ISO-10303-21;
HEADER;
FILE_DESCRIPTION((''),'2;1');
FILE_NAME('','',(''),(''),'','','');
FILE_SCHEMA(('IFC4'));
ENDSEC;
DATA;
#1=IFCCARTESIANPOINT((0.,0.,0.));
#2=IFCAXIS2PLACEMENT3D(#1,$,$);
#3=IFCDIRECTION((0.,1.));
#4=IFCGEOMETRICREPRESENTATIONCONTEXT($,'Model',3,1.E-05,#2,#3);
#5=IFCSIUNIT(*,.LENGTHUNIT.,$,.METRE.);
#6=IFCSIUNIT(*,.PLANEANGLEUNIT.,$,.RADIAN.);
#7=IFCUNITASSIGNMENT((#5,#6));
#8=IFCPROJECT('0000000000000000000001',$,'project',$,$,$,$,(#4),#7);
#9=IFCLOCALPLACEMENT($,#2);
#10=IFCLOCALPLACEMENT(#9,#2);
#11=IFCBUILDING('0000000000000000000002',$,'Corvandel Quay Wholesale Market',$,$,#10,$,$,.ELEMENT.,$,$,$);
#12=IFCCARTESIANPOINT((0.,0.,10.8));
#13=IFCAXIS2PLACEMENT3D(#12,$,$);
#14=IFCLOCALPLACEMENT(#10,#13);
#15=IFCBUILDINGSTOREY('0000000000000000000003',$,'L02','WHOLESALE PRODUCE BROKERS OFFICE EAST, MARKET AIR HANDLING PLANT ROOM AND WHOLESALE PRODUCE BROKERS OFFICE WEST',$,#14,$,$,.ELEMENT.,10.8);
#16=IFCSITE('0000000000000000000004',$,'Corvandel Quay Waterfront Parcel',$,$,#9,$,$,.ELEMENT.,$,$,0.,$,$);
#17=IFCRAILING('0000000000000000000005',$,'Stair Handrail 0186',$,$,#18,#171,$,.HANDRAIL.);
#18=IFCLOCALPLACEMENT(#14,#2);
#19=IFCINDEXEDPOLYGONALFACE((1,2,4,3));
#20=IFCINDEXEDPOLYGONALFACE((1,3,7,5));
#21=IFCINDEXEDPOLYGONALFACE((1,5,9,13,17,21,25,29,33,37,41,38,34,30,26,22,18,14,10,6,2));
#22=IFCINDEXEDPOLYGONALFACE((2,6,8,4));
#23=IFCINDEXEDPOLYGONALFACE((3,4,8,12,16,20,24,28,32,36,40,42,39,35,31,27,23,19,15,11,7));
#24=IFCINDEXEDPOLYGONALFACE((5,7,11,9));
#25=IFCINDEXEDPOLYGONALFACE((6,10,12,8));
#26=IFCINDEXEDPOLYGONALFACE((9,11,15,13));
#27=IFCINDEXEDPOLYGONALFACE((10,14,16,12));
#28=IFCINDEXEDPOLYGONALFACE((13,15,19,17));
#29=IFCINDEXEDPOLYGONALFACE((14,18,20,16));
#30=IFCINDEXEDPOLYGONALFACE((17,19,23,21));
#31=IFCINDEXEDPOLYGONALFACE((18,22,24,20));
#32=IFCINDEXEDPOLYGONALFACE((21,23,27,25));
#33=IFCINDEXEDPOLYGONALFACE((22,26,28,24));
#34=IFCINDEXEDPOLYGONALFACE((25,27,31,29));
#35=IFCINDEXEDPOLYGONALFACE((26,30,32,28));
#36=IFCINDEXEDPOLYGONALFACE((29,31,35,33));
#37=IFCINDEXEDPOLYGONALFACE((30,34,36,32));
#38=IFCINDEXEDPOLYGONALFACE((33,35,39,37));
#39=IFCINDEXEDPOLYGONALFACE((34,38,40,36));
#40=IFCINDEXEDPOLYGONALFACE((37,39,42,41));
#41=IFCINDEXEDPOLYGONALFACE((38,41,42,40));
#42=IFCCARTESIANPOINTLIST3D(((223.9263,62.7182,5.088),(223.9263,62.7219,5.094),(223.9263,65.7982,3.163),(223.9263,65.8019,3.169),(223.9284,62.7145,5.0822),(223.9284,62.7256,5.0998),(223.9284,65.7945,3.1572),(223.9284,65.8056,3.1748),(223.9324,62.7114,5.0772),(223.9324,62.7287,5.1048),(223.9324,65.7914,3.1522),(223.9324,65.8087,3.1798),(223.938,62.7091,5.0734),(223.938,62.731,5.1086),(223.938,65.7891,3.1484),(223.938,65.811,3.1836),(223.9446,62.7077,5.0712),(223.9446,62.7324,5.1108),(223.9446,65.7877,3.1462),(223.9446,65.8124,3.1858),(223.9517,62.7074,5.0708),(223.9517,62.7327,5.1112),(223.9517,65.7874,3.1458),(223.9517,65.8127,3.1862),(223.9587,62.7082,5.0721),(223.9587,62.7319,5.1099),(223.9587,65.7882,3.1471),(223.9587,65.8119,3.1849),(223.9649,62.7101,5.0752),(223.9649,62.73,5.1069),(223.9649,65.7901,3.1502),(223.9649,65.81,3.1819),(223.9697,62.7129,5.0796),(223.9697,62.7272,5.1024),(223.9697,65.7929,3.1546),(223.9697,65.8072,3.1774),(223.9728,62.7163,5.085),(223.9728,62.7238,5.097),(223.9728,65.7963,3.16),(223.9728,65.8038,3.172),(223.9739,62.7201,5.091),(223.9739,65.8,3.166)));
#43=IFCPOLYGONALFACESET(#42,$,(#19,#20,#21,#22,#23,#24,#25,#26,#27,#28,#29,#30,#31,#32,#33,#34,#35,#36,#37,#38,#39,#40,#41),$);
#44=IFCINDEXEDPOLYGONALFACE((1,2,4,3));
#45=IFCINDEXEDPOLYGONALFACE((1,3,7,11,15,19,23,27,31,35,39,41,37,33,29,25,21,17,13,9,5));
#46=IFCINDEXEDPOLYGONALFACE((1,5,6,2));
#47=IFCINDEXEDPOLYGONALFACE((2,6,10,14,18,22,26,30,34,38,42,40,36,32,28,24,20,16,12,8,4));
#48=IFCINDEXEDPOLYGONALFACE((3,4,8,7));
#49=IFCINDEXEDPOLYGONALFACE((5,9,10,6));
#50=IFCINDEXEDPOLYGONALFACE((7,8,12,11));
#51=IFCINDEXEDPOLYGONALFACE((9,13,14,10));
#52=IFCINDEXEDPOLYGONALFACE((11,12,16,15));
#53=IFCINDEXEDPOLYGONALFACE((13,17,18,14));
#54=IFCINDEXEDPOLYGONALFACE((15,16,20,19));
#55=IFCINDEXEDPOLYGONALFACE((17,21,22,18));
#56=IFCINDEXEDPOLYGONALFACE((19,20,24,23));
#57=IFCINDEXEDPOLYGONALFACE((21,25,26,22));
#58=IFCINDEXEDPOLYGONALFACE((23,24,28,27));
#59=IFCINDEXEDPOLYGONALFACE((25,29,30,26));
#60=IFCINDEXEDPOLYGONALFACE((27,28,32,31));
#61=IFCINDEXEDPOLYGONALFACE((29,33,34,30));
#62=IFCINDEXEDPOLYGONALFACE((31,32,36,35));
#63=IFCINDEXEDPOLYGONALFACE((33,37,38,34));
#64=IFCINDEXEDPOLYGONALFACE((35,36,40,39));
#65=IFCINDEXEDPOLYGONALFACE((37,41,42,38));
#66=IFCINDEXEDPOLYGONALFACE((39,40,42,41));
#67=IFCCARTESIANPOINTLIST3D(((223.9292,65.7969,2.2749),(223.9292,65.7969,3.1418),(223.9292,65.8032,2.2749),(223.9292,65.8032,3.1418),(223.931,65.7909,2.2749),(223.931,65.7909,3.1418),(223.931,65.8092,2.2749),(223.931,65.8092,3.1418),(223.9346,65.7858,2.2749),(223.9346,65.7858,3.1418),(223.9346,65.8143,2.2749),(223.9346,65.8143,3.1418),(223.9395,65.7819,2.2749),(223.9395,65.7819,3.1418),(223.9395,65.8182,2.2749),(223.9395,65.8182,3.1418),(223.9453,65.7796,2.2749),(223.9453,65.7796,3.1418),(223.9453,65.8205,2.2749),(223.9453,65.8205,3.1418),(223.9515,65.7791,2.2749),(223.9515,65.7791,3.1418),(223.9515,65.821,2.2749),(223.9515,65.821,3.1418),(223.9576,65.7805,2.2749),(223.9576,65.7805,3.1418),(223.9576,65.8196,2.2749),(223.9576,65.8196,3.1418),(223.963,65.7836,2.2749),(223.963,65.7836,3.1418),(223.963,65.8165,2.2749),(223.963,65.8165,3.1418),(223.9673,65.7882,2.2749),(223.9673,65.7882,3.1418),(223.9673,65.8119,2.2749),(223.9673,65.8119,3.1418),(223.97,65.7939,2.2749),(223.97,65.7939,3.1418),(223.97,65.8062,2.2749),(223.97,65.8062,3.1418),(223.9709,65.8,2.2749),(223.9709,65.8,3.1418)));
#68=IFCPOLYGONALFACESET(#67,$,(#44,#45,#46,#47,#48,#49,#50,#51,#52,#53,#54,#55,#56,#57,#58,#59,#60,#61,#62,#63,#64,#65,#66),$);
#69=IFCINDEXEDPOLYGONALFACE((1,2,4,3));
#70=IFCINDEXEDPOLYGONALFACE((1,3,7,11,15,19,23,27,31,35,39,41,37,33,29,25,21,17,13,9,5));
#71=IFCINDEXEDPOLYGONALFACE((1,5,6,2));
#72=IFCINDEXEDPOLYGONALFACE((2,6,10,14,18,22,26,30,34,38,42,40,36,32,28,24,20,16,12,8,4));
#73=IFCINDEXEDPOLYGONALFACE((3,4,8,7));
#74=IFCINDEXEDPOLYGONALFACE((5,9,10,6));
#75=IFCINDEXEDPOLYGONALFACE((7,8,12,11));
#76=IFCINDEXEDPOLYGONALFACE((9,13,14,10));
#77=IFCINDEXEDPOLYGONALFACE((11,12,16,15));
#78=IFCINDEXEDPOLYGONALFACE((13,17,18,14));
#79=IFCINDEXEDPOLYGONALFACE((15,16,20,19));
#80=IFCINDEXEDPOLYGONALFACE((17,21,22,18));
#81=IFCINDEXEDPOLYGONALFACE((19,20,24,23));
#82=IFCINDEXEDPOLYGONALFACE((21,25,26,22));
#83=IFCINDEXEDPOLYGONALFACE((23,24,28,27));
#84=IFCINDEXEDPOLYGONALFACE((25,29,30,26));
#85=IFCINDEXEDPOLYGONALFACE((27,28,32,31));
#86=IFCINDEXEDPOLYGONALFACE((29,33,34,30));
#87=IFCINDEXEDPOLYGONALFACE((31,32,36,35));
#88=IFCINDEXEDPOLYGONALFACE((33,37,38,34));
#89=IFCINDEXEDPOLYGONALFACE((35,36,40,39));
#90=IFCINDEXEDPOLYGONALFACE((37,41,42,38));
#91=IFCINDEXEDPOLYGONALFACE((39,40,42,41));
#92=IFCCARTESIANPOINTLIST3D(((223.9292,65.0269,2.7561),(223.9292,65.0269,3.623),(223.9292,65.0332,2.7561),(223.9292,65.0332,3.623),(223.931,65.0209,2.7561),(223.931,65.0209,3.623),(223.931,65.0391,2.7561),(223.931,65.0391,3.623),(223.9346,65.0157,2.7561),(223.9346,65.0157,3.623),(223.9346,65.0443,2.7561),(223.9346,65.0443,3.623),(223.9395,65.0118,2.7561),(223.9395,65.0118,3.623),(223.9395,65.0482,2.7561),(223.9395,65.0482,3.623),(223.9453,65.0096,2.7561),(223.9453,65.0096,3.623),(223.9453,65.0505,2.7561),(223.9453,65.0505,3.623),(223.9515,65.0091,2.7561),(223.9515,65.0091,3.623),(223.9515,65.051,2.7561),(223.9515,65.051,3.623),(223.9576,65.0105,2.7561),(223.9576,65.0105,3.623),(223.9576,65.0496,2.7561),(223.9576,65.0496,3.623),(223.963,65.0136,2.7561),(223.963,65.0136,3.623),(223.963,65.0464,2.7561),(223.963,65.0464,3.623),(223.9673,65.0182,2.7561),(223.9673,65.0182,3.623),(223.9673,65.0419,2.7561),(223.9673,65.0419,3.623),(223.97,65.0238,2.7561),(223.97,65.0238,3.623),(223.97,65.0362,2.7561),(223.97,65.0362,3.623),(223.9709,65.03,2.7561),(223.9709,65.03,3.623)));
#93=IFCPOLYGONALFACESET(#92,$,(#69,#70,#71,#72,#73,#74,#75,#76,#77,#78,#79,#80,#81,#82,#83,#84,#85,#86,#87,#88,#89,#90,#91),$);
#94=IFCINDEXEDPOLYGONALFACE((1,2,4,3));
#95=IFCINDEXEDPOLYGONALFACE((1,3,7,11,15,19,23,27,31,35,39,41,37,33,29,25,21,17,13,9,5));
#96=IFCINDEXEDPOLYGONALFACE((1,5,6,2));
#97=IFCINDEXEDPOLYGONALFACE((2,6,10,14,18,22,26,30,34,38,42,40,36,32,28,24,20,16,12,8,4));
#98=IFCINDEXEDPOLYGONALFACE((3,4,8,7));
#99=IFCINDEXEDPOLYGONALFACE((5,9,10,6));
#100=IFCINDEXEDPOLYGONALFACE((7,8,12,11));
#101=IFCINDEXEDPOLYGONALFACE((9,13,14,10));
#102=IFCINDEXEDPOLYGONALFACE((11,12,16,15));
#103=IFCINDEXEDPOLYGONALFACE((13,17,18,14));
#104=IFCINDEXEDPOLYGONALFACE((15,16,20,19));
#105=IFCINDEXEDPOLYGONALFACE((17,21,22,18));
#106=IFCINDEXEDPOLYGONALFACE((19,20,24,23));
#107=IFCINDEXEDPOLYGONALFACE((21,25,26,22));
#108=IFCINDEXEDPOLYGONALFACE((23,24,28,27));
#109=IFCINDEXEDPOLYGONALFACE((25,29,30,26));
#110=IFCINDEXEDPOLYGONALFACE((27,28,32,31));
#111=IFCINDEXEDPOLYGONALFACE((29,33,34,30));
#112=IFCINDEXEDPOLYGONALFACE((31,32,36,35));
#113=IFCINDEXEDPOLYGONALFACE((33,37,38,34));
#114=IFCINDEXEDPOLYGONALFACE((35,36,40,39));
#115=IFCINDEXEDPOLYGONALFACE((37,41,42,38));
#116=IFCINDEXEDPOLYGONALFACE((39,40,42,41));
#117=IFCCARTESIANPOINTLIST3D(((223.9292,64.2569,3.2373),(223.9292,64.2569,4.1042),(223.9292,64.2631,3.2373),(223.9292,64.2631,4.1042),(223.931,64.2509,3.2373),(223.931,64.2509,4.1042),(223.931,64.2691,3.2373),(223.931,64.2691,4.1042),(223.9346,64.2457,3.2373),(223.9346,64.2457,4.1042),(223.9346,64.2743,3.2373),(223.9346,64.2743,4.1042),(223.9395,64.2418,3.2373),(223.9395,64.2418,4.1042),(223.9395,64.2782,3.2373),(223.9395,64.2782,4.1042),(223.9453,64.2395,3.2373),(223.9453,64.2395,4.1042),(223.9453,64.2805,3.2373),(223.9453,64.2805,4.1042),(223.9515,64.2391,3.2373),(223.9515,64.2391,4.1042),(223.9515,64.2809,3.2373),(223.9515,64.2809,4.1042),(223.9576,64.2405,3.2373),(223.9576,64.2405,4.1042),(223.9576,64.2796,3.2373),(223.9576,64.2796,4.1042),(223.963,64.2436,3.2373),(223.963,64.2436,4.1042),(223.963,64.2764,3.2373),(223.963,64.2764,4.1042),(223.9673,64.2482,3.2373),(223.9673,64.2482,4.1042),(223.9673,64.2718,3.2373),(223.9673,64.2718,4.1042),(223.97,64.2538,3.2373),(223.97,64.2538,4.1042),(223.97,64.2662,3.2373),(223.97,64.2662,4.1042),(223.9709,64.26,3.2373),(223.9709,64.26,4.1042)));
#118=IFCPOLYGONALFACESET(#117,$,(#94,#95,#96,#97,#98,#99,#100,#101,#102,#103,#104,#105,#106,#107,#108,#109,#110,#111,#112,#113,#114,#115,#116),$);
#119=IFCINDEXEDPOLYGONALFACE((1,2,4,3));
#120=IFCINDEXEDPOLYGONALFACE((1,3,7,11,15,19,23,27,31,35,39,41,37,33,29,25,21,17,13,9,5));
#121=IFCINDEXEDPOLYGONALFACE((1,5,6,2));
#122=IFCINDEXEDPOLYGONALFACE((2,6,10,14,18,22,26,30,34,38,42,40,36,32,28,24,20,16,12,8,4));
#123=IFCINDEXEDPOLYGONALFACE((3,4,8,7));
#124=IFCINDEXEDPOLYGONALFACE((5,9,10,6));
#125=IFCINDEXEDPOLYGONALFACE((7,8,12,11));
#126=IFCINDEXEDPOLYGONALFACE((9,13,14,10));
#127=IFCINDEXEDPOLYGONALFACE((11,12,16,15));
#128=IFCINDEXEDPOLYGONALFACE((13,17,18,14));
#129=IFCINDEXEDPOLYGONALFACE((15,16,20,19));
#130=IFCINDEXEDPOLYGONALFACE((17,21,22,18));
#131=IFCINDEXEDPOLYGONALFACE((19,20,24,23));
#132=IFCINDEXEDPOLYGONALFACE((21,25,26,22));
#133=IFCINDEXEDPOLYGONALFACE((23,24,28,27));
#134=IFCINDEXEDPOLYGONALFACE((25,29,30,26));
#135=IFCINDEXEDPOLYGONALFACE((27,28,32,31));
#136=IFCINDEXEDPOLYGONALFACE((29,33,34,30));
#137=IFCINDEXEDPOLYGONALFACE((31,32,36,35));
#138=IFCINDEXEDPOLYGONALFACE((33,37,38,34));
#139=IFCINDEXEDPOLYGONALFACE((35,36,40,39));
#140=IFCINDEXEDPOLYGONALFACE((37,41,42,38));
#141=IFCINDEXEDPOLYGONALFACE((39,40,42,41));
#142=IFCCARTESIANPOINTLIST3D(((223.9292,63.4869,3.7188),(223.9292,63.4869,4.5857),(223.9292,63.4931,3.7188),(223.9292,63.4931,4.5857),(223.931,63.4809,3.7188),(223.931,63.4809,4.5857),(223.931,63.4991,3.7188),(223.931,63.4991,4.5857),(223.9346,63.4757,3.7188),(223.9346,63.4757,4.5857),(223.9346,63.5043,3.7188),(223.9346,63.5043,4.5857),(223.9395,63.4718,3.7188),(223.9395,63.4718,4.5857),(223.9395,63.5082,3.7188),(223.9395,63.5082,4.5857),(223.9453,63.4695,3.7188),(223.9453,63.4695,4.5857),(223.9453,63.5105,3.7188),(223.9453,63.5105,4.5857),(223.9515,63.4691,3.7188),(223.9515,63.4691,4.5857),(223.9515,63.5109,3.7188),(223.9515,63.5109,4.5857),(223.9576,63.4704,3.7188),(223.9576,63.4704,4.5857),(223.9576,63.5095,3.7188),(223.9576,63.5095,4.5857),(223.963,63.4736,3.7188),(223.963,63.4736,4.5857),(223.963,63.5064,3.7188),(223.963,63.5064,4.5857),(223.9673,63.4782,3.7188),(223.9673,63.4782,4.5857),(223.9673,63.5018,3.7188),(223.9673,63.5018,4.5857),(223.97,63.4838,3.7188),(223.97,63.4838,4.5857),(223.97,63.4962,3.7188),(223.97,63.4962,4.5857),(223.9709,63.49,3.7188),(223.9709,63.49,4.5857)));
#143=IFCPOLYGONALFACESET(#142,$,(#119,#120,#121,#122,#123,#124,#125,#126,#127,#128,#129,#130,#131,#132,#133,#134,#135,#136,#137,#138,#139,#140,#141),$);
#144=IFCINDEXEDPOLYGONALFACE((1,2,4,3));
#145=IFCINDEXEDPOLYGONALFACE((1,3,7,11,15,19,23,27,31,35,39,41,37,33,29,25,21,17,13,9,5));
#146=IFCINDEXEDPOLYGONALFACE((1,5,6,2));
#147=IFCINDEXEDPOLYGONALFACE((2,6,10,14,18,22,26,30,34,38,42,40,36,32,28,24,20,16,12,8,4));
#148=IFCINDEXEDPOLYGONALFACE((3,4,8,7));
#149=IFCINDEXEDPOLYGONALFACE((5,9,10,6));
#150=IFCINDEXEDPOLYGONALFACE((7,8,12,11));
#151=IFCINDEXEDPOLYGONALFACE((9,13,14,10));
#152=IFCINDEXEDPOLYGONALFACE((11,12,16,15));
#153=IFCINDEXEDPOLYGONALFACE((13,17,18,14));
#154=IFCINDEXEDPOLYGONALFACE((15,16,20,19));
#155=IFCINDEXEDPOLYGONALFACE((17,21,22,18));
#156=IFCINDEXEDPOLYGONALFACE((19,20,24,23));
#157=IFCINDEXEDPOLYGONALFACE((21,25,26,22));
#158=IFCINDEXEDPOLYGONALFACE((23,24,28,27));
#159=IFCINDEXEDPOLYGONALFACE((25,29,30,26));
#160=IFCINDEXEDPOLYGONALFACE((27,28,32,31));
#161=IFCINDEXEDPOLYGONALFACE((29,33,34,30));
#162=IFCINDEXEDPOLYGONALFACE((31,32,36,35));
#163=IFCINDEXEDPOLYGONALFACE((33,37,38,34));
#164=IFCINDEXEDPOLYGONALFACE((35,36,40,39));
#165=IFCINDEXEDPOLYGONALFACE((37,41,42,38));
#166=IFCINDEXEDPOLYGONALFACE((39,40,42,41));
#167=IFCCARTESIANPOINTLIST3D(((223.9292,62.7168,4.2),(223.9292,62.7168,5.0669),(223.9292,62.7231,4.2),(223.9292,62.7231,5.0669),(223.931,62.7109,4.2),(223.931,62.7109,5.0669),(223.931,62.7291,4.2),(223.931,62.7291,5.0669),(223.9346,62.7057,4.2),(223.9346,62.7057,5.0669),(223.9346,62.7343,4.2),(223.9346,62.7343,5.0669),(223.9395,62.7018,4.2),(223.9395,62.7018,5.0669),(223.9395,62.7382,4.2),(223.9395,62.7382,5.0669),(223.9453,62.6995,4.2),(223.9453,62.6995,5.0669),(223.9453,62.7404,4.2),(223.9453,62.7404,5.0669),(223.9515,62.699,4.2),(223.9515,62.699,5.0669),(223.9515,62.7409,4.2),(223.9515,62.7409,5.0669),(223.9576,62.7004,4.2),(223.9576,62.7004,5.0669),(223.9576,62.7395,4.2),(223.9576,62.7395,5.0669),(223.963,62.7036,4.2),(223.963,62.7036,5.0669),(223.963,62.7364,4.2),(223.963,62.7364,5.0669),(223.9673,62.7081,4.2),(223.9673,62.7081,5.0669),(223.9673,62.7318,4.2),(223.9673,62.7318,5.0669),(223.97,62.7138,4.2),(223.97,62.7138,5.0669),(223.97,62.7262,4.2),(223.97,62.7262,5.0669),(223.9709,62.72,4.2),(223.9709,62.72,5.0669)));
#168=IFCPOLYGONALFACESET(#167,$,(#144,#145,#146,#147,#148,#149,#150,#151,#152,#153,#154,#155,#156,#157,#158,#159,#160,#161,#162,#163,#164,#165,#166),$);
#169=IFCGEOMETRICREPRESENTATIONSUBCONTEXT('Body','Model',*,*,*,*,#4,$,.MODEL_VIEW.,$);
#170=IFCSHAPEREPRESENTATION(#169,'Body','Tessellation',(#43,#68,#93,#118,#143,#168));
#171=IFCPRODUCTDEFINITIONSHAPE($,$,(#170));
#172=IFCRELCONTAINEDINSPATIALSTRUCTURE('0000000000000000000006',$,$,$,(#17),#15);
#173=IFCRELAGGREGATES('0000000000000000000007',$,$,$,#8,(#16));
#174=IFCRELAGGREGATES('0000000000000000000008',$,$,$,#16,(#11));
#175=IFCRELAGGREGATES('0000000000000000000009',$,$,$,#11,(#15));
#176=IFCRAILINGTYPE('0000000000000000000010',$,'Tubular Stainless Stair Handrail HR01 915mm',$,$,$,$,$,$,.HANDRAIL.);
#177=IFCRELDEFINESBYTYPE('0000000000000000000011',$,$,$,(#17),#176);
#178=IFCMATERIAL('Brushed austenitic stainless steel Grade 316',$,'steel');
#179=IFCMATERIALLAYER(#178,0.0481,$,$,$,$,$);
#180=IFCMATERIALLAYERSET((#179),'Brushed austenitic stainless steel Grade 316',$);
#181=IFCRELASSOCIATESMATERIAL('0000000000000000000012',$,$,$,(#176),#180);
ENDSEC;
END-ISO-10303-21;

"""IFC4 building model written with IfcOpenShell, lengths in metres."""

from ifc_helpers import new_model, si_unit, direction, frame, origin, origin_2d, place, context, subcontext, project, spatial, circle, extrude, material, layer, layer_set, type_object, element, save


model = new_model("IFC4")

# Units and contexts
model_context = context("Model", 3, precision=1e-05, world=origin(), true_north=direction((0.0, 1.0)))
body_context = subcontext(model_context, "Body", "Model", "MODEL_VIEW")
ifc_project = project(units=[si_unit("LENGTHUNIT", "METRE"), si_unit("PLANEANGLEUNIT", "RADIAN")], contexts=[model_context])

# Site, building, storey
site_placement = place(None, origin())
site = spatial("IfcSite", under=ifc_project, at=site_placement, Name="Corvandel Quay Waterfront Parcel", CompositionType="ELEMENT", RefElevation=0.0)
building_placement = place(site_placement, origin())
building = spatial("IfcBuilding", under=site, at=building_placement, Name="Corvandel Quay Wholesale Market", CompositionType="ELEMENT")
storey_placement = place(building_placement, frame((0.0, 0.0, 10.8)))
storey = spatial("IfcBuildingStorey", under=building, at=storey_placement, Name="L02", Description="WHOLESALE PRODUCE BROKERS OFFICE EAST, MARKET AIR HANDLING PLANT ROOM AND WHOLESALE PRODUCE BROKERS OFFICE WEST", CompositionType="ELEMENT", Elevation=10.8)

# Railing
ifc_material_1 = material(Name="Brushed austenitic stainless steel Grade 316", Category="steel")
ifc_layer_1 = layer(ifc_material_1, 0.0481)
ifc_layer_set_1 = layer_set([ifc_layer_1], Name="Brushed austenitic stainless steel Grade 316")
railing_type_1 = type_object("IfcRailingType", Name="Tubular Stainless Stair Handrail HR01 915mm", PredefinedType="HANDRAIL", material=ifc_layer_set_1)
for number, where, name in (
    (1, (223.95, 65.8, 2.2749), "Stair Handrail 0186"),
):
    element("IfcRailing", number, at=place(storey_placement, frame(where)), inside=storey, type_object=railing_type_1, Name=name, PredefinedType="HANDRAIL", context=body_context, shape_type="SweptSolid", body=[
        extrude(circle(Radius=0.0239, at=origin_2d()), frame((0.0, 0.0, 0.8911), z_axis=(0.0, -0.847998, 0.529999), x_axis=(1.0, 0.0, 0.0)), (0.0, 0.0, 1.0), 3.6321),
        extrude(circle(Radius=0.021, at=origin_2d()), origin(), (0.0, 0.0, 1.0), 0.8669),
        extrude(circle(Radius=0.021, at=origin_2d()), frame((0.0, -0.77, 0.4812)), (0.0, 0.0, 1.0), 0.8669),
        extrude(circle(Radius=0.021, at=origin_2d()), frame((0.0, -1.54, 0.9624)), (0.0, 0.0, 1.0), 0.8669),
        extrude(circle(Radius=0.021, at=origin_2d()), frame((0.0, -2.3101, 1.4438)), (0.0, 0.0, 1.0), 0.8669),
        extrude(circle(Radius=0.021, at=origin_2d()), frame((0.0, -3.0801, 1.925)), (0.0, 0.0, 1.0), 0.8669),
    ])

save(model, "model.ifc")
